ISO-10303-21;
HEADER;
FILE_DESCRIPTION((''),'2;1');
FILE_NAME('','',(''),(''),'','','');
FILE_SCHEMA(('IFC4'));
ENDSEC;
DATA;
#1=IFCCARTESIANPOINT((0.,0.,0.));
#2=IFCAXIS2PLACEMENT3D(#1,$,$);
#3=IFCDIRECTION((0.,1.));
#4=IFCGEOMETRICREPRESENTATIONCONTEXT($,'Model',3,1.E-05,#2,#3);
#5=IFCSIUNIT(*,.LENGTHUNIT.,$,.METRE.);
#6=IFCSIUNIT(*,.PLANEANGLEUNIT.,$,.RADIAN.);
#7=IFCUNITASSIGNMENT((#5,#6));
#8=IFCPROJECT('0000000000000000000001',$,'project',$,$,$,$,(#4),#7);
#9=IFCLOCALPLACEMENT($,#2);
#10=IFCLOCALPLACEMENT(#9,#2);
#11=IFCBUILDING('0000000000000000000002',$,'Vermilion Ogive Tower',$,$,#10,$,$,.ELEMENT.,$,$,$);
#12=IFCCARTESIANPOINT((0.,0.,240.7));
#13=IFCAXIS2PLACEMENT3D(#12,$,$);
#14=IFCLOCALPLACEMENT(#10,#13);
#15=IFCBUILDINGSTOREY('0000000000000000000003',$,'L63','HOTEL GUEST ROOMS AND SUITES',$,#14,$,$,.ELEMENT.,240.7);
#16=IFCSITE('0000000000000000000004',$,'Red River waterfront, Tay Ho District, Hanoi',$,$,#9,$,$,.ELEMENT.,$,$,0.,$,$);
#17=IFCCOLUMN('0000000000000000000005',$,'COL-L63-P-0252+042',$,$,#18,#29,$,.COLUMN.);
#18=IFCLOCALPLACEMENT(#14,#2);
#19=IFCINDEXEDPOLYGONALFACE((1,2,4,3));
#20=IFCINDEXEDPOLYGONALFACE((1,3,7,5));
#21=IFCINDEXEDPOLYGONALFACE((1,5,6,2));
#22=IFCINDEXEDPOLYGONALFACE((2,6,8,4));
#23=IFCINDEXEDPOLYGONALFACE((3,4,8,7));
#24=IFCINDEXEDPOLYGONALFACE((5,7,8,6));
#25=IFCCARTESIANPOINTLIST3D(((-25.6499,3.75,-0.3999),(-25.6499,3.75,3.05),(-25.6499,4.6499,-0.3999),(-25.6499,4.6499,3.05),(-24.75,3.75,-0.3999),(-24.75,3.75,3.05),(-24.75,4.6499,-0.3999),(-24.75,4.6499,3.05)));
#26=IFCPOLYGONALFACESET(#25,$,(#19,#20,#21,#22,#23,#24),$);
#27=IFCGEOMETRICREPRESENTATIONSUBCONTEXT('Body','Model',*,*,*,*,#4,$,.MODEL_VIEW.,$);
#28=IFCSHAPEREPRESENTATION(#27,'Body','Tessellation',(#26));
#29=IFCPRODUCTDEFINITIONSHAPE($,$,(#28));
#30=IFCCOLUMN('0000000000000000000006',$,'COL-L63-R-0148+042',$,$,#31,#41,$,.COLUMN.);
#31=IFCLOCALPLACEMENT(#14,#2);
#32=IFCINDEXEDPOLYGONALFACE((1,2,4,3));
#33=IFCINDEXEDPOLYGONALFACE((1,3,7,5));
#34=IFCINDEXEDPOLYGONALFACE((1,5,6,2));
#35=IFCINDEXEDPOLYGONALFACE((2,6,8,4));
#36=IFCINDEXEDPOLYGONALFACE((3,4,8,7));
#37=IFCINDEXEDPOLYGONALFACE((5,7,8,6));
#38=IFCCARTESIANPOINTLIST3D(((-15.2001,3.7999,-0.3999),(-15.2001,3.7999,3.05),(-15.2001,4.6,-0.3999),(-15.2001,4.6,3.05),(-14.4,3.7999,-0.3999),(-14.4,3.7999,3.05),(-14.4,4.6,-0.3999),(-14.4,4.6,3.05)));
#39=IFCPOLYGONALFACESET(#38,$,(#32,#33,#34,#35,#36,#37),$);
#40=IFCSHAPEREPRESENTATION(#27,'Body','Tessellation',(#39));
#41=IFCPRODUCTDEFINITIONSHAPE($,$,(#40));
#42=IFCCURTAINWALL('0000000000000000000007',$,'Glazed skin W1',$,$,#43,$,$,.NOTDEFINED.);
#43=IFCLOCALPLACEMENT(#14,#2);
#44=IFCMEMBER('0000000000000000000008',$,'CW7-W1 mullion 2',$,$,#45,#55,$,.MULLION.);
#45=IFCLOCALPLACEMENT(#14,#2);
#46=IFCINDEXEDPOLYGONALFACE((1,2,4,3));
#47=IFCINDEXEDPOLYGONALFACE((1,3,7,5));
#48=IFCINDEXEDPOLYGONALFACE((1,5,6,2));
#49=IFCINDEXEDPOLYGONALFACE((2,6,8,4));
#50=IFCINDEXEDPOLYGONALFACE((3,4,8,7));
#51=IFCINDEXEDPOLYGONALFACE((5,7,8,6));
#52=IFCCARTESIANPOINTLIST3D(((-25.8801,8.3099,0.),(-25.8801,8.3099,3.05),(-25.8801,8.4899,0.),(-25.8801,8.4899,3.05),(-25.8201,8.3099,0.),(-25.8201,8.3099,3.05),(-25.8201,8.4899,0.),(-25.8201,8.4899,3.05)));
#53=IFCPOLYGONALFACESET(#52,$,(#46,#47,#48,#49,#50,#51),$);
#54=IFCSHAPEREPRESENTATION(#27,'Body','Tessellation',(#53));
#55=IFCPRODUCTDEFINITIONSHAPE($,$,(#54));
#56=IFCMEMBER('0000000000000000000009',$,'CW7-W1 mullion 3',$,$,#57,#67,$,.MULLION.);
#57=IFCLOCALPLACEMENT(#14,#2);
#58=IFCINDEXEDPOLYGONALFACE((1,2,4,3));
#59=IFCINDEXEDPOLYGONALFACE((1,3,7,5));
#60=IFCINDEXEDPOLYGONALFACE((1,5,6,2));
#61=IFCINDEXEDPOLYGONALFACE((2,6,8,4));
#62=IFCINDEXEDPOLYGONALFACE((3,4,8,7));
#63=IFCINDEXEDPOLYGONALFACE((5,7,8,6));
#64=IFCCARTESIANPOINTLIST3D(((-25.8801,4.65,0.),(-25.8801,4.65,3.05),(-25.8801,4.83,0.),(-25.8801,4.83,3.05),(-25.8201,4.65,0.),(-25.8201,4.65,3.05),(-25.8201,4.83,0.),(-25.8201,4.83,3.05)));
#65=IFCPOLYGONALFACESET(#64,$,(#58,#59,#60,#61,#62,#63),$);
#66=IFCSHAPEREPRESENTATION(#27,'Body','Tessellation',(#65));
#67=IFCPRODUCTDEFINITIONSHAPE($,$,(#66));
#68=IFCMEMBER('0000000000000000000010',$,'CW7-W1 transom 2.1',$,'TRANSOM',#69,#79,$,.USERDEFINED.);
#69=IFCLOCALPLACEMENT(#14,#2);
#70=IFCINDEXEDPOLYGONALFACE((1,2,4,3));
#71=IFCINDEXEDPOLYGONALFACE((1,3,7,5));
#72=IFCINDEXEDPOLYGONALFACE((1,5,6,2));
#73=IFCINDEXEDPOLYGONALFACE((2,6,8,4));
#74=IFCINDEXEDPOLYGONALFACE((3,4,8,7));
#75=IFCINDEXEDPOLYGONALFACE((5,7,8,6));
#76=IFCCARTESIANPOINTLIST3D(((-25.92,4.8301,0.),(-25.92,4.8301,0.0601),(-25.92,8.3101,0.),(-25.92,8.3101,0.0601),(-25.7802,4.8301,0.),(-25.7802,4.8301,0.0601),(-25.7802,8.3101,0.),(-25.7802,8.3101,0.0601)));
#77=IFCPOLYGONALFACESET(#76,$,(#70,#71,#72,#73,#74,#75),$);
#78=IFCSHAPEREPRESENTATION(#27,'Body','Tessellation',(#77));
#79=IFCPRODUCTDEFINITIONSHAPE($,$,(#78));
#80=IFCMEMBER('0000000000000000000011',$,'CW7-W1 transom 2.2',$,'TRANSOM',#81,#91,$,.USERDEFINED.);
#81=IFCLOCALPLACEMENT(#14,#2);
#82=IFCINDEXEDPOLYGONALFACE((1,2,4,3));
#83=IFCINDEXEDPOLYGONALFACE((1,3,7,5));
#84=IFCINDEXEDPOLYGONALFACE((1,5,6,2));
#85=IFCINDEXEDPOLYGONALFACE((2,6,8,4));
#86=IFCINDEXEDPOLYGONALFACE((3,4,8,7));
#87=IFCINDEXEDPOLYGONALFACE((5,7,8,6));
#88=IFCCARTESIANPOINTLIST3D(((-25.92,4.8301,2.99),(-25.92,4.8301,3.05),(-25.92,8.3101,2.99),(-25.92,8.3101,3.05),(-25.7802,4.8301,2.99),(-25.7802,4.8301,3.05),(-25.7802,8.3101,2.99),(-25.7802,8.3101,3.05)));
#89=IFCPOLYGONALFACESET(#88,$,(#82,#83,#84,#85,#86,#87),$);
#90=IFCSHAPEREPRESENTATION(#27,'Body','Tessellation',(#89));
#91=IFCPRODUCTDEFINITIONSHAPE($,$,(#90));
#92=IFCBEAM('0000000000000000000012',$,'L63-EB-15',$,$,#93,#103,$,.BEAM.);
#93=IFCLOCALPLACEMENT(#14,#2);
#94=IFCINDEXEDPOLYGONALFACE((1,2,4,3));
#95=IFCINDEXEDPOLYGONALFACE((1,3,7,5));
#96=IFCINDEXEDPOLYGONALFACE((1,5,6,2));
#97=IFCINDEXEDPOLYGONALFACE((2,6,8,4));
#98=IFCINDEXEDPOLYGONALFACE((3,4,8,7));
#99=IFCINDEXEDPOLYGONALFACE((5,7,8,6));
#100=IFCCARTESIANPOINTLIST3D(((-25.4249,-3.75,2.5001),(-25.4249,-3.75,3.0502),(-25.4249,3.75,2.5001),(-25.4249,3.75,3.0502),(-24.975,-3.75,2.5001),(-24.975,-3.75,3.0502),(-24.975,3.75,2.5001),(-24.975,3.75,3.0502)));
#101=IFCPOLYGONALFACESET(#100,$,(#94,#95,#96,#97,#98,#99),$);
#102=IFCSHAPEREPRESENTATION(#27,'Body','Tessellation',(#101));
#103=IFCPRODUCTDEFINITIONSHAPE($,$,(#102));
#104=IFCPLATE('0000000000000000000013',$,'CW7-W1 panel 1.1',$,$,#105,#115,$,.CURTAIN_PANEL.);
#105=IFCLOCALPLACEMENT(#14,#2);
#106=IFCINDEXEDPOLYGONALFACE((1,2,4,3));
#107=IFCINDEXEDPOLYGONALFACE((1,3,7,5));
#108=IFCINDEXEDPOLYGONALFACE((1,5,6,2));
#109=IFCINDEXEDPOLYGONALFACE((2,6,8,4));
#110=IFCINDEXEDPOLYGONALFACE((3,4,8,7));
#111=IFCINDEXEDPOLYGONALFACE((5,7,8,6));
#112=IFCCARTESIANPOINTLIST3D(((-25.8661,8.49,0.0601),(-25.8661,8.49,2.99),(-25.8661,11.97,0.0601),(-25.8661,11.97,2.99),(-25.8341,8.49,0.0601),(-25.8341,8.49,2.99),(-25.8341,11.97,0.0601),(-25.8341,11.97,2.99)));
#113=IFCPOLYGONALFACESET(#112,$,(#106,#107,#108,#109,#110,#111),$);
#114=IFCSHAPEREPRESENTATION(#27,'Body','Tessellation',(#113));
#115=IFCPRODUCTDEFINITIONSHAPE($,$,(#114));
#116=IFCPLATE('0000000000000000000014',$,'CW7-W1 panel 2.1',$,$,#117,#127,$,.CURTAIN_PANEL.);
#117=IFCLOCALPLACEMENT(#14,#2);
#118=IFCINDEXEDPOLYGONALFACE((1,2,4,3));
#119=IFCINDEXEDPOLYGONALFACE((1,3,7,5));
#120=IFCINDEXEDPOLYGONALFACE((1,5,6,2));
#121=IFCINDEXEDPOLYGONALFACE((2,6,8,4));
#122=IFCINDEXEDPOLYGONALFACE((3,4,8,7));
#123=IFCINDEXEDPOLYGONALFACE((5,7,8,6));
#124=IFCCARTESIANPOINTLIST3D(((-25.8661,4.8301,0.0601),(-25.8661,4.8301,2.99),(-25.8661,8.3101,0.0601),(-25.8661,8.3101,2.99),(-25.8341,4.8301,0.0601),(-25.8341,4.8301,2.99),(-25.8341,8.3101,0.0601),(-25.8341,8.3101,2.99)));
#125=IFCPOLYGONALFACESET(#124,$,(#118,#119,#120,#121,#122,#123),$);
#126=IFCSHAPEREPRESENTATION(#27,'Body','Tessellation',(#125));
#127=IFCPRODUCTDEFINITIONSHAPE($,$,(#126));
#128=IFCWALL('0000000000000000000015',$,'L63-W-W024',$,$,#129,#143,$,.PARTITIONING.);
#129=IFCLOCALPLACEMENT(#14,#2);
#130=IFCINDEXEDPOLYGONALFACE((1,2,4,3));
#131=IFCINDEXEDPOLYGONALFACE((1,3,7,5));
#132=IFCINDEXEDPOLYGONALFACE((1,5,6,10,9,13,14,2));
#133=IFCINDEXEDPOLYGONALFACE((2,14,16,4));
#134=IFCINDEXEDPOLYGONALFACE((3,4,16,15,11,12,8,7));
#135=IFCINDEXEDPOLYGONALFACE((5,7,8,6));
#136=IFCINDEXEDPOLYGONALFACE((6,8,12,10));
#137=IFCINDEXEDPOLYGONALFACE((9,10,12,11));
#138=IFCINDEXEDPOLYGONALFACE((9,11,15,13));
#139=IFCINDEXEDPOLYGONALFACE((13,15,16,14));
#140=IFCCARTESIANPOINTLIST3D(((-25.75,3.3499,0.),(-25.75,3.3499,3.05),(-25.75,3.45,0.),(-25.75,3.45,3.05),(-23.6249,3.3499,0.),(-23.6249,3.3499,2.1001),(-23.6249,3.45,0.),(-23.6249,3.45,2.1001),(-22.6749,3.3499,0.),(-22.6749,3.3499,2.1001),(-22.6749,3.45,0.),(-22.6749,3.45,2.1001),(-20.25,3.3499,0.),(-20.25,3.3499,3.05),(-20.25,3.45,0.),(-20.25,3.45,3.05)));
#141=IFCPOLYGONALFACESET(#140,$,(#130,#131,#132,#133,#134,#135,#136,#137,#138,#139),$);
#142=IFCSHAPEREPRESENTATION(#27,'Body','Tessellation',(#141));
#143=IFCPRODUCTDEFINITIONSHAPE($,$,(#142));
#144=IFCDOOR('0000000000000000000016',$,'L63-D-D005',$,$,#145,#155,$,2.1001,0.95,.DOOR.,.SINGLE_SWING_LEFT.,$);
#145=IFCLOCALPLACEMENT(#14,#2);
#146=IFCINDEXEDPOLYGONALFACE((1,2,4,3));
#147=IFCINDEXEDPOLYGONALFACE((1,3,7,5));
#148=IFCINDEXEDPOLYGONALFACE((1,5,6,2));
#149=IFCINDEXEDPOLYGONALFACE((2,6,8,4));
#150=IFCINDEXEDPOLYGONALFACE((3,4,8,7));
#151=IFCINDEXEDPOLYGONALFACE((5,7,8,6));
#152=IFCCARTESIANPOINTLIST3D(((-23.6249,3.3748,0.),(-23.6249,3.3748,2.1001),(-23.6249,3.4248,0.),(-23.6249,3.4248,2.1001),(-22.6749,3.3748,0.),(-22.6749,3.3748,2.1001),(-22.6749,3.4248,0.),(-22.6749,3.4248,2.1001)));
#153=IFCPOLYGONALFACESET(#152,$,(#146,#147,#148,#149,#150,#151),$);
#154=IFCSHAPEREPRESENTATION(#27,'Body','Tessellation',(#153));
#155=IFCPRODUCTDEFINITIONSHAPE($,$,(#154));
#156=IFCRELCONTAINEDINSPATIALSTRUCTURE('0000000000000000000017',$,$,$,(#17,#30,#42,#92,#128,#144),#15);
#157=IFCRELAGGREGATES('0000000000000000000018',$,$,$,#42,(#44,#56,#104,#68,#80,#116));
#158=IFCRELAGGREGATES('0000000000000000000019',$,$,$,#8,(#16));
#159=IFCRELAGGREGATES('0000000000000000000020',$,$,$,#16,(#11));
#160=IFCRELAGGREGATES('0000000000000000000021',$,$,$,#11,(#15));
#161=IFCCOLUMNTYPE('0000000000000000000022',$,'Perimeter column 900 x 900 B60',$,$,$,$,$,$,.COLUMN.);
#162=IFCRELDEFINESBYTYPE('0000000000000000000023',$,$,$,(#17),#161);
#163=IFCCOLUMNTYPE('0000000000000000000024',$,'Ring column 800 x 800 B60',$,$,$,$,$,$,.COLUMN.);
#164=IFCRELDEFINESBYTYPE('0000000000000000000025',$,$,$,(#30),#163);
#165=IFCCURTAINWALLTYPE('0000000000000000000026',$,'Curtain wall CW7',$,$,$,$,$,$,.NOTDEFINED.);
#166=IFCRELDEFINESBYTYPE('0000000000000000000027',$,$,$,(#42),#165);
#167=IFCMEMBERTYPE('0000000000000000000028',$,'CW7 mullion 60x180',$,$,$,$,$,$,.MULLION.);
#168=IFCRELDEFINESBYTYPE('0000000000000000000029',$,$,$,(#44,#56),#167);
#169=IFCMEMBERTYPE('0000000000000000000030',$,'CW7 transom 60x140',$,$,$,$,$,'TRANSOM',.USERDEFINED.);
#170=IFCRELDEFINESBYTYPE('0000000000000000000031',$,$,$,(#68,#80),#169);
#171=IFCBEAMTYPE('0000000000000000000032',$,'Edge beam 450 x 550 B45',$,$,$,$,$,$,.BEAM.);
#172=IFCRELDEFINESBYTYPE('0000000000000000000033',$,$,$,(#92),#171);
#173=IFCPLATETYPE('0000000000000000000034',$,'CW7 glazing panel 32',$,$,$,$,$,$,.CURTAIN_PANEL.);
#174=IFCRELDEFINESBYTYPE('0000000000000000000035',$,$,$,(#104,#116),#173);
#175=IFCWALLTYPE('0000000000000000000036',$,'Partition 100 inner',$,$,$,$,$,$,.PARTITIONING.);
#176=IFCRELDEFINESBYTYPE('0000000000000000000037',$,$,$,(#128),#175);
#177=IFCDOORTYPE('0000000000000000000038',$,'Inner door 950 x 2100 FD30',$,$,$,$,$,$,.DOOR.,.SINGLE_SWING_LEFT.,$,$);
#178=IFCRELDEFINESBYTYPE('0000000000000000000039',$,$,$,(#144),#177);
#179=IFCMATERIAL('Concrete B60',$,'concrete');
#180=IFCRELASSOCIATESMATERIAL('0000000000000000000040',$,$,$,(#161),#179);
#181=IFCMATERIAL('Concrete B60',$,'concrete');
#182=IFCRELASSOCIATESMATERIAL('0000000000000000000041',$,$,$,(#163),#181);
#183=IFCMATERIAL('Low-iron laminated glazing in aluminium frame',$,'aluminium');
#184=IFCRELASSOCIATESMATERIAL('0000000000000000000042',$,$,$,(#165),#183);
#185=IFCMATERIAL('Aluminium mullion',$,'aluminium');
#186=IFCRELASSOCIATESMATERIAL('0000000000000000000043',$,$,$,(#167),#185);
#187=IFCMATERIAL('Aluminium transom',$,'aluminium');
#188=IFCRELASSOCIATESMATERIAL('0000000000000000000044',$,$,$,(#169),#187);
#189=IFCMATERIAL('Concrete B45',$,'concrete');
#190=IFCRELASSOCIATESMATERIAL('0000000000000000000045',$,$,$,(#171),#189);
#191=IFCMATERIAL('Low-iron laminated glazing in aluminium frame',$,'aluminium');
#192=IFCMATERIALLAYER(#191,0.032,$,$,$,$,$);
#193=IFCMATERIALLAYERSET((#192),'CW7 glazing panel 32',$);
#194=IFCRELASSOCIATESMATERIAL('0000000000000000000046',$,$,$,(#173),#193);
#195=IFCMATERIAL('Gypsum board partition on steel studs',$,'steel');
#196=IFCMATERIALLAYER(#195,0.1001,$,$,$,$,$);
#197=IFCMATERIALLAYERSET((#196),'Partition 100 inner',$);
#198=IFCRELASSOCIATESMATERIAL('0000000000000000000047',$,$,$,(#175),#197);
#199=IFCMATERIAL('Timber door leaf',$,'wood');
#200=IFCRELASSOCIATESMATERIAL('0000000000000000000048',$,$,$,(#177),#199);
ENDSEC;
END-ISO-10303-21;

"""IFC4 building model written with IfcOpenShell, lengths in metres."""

from ifc_helpers import new_model, si_unit, direction, frame, frame_2d, origin, origin_2d, place, context, subcontext, project, spatial, rectangle, extrude, material, layer, layer_set, material_profile, profile_set, type_object, element, fill, aggregate, save


model = new_model("IFC4")

# Units and contexts
model_context = context("Model", 3, precision=1e-05, world=origin(), true_north=direction((0.0, 1.0)))
body_context = subcontext(model_context, "Body", "Model", "MODEL_VIEW")
ifc_project = project(units=[si_unit("LENGTHUNIT", "METRE"), si_unit("PLANEANGLEUNIT", "RADIAN")], contexts=[model_context])

# Site, building, storey
site_placement = place(None, origin())
site = spatial("IfcSite", under=ifc_project, at=site_placement, Name="Red River waterfront, Tay Ho District, Hanoi", CompositionType="ELEMENT", RefElevation=0.0)
building_placement = place(site_placement, origin())
building = spatial("IfcBuilding", under=site, at=building_placement, Name="Vermilion Ogive Tower", CompositionType="ELEMENT")
storey_placement = place(building_placement, frame((0.0, 0.0, 240.7)))
storey = spatial("IfcBuildingStorey", under=building, at=storey_placement, Name="L63", Description="HOTEL GUEST ROOMS AND SUITES", CompositionType="ELEMENT", Elevation=240.7)

# Columns
ifc_material_1 = material(Name="Concrete B60", Category="concrete")
ifc_material_profile_1 = material_profile(ifc_material_1, rectangle(XDim=0.8999, YDim=0.8999, at=origin_2d()), Name="900 x 900")
ifc_profile_set_1 = profile_set([ifc_material_profile_1], Name="Concrete B60")
column_type_1 = type_object("IfcColumnType", Name="Perimeter column 900 x 900 B60", PredefinedType="COLUMN", material=ifc_profile_set_1)
column_1_placement = place(storey_placement, frame((-25.2, 4.2, -0.3999), z_axis=(0.0, 0.0, 1.0), x_axis=(1.0, 0.0, 0.0)))
element("IfcColumn", 1, at=column_1_placement, inside=storey, type_object=column_type_1, Name="COL-L63-P-0252+042", PredefinedType="COLUMN", context=body_context, shape_type="SweptSolid", body=[
    extrude(rectangle(XDim=0.8999, YDim=0.8999, at=origin_2d()), origin(), (0.0, 0.0, 1.0), 3.45),
])
ifc_material_2 = material(Name="Concrete B60", Category="concrete")
ifc_material_profile_2 = material_profile(ifc_material_2, rectangle(XDim=0.8, YDim=0.8, at=origin_2d()), Name="800 x 800")
ifc_profile_set_2 = profile_set([ifc_material_profile_2], Name="Concrete B60")
column_type_2 = type_object("IfcColumnType", Name="Ring column 800 x 800 B60", PredefinedType="COLUMN", material=ifc_profile_set_2)
column_2_placement = place(storey_placement, frame((-14.8, 4.2, -0.3999), z_axis=(0.0, 0.0, 1.0), x_axis=(1.0, 0.0, 0.0)))
element("IfcColumn", 2, at=column_2_placement, inside=storey, type_object=column_type_2, Name="COL-L63-R-0148+042", PredefinedType="COLUMN", context=body_context, shape_type="SweptSolid", body=[
    extrude(rectangle(XDim=0.8, YDim=0.8, at=origin_2d()), origin(), (0.0, 0.0, 1.0), 3.45),
])

# Curtain wall, members
ifc_material_3 = material(Name="Low-iron laminated glazing in aluminium frame", Category="aluminium")
curtain_wall_type = type_object("IfcCurtainWallType", Name="Curtain wall CW7", PredefinedType="NOTDEFINED", material=ifc_material_3)
curtain_wall_placement = place(storey_placement, origin())
curtain_wall = element("IfcCurtainWall", 3, at=curtain_wall_placement, inside=storey, type_object=curtain_wall_type, Name="Glazed skin W1", PredefinedType="NOTDEFINED")
ifc_material_4 = material(Name="Aluminium mullion", Category="aluminium")
ifc_material_profile_3 = material_profile(ifc_material_4, rectangle(XDim=0.0601, YDim=0.1799, at=origin_2d()), Name="AL 60x180")
ifc_profile_set_3 = profile_set([ifc_material_profile_3], Name="Aluminium mullion")
member_type_1 = type_object("IfcMemberType", Name="CW7 mullion 60x180", PredefinedType="MULLION", material=ifc_profile_set_3)
member_1_placement = place(storey_placement, frame((-25.8501, 8.3999, 0.0), z_axis=(0.0, 0.0, 1.0), x_axis=(1.0, 0.0, 0.0)))
member_1 = element("IfcMember", 4, at=member_1_placement, type_object=member_type_1, Name="CW7-W1 mullion 2", PredefinedType="MULLION", context=body_context, shape_type="SweptSolid", body=[
    extrude(rectangle(XDim=0.0601, YDim=0.1799, at=origin_2d()), origin(), (0.0, 0.0, 1.0), 3.05),
])
member_2_placement = place(storey_placement, frame((-25.8501, 4.74, 0.0), z_axis=(0.0, 0.0, 1.0), x_axis=(1.0, 0.0, 0.0)))
member_2 = element("IfcMember", 5, at=member_2_placement, type_object=member_type_1, Name="CW7-W1 mullion 3", PredefinedType="MULLION", context=body_context, shape_type="SweptSolid", body=[
    extrude(rectangle(XDim=0.0601, YDim=0.1799, at=origin_2d()), origin(), (0.0, 0.0, 1.0), 3.05),
])
ifc_material_5 = material(Name="Aluminium transom", Category="aluminium")
ifc_material_profile_4 = material_profile(ifc_material_5, rectangle(XDim=0.1399, YDim=0.0601, at=origin_2d()), Name="AL 60x140")
ifc_profile_set_4 = profile_set([ifc_material_profile_4], Name="Aluminium transom")
member_type_2 = type_object("IfcMemberType", Name="CW7 transom 60x140", ElementType="TRANSOM", PredefinedType="USERDEFINED", material=ifc_profile_set_4)
member_3_placement = place(storey_placement, frame((-25.8501, 8.3101, 0.03), z_axis=(0.0, -1.0, 0.0), x_axis=(1.0, 0.0, 0.0)))
member_3 = element("IfcMember", 6, at=member_3_placement, type_object=member_type_2, Name="CW7-W1 transom 2.1", ObjectType="TRANSOM", PredefinedType="USERDEFINED", context=body_context, shape_type="SweptSolid", body=[
    extrude(rectangle(XDim=0.1399, YDim=0.0601, at=origin_2d()), origin(), (0.0, 0.0, 1.0), 3.48),
])
member_4_placement = place(storey_placement, frame((-25.8501, 8.3101, 3.02), z_axis=(0.0, -1.0, 0.0), x_axis=(1.0, 0.0, 0.0)))
member_4 = element("IfcMember", 7, at=member_4_placement, type_object=member_type_2, Name="CW7-W1 transom 2.2", ObjectType="TRANSOM", PredefinedType="USERDEFINED", context=body_context, shape_type="SweptSolid", body=[
    extrude(rectangle(XDim=0.1399, YDim=0.0601, at=origin_2d()), origin(), (0.0, 0.0, 1.0), 3.48),
])

# Beam
ifc_material_6 = material(Name="Concrete B45", Category="concrete")
ifc_material_profile_5 = material_profile(ifc_material_6, rectangle(XDim=0.45, YDim=0.55, at=origin_2d()), Name="450 x 550")
ifc_profile_set_5 = profile_set([ifc_material_profile_5], Name="Concrete B45")
beam_type = type_object("IfcBeamType", Name="Edge beam 450 x 550 B45", PredefinedType="BEAM", material=ifc_profile_set_5)
beam_placement = place(storey_placement, frame((-25.2, 3.75, 2.7751), z_axis=(0.0, -1.0, 0.0), x_axis=(1.0, 0.0, 0.0)))
element("IfcBeam", 8, at=beam_placement, inside=storey, type_object=beam_type, Name="L63-EB-15", PredefinedType="BEAM", context=body_context, shape_type="SweptSolid", body=[
    extrude(rectangle(XDim=0.45, YDim=0.55, at=origin_2d()), origin(), (0.0, 0.0, 1.0), 7.5),
])

# Plates
ifc_material_7 = material(Name="Low-iron laminated glazing in aluminium frame", Category="aluminium")
ifc_layer_1 = layer(ifc_material_7, 0.032)
ifc_layer_set_1 = layer_set([ifc_layer_1], Name="CW7 glazing panel 32")
plate_type = type_object("IfcPlateType", Name="CW7 glazing panel 32", PredefinedType="CURTAIN_PANEL", material=ifc_layer_set_1)
plate_1_placement = place(storey_placement, frame((-25.8501, 10.23, 0.0601), z_axis=(0.0, 0.0, 1.0), x_axis=(0.0, -1.0, 0.0)))
plate_1 = element("IfcPlate", 9, at=plate_1_placement, type_object=plate_type, Name="CW7-W1 panel 1.1", PredefinedType="CURTAIN_PANEL", context=body_context, shape_type="SweptSolid", body=[
    extrude(rectangle(XDim=3.48, YDim=0.032, at=origin_2d()), origin(), (0.0, 0.0, 1.0), 2.9299),
])
plate_2_placement = place(storey_placement, frame((-25.8501, 6.5701, 0.0601), z_axis=(0.0, 0.0, 1.0), x_axis=(0.0, -1.0, 0.0)))
plate_2 = element("IfcPlate", 10, at=plate_2_placement, type_object=plate_type, Name="CW7-W1 panel 2.1", PredefinedType="CURTAIN_PANEL", context=body_context, shape_type="SweptSolid", body=[
    extrude(rectangle(XDim=3.48, YDim=0.032, at=origin_2d()), origin(), (0.0, 0.0, 1.0), 2.9299),
])
aggregate(curtain_wall, [member_1, member_2, plate_1, member_3, member_4, plate_2])

# Wall, opening, door
ifc_material_8 = material(Name="Gypsum board partition on steel studs", Category="steel")
ifc_layer_2 = layer(ifc_material_8, 0.1001)
ifc_layer_set_2 = layer_set([ifc_layer_2], Name="Partition 100 inner")
wall_type_1 = type_object("IfcWallType", Name="Partition 100 inner", PredefinedType="PARTITIONING", material=ifc_layer_set_2)
wall_1_placement = place(storey_placement, frame((-25.75, 3.3999, 0.0), z_axis=(0.0, 0.0, 1.0), x_axis=(1.0, 0.0, 0.0)))
wall_1 = element("IfcWall", 11, at=wall_1_placement, inside=storey, type_object=wall_type_1, Name="L63-W-W024", PredefinedType="PARTITIONING", context=body_context, shape_type="SweptSolid", body=[
    extrude(rectangle(XDim=5.5, YDim=0.1001, at=frame_2d((2.75, 0.0))), origin(), (0.0, 0.0, 1.0), 3.05),
])
opening_1_placement = place(wall_1_placement, frame((2.125, 0.0, 0.0)))
opening_1 = element("IfcOpeningElement", 12, at=opening_1_placement, cuts=wall_1, PredefinedType="OPENING", context=body_context, shape_type="SweptSolid", body=[
    extrude(rectangle(XDim=0.95, YDim=2.1001, at=frame_2d((0.4751, 1.05))), frame((0.0, 0.0601, 0.0), z_axis=(0.0, -1.0, 0.0), x_axis=(1.0, 0.0, 0.0)), (0.0, 0.0, 1.0), 0.1201),
])
ifc_material_9 = material(Name="Timber door leaf", Category="wood")
door_type_1 = type_object("IfcDoorType", Name="Inner door 950 x 2100 FD30", OperationType="SINGLE_SWING_LEFT", PredefinedType="DOOR", material=ifc_material_9)
door_1_placement = place(opening_1_placement, origin())
door_1 = element("IfcDoor", 13, at=door_1_placement, inside=storey, type_object=door_type_1, Name="L63-D-D005", OperationType="SINGLE_SWING_LEFT", OverallHeight=2.1001, OverallWidth=0.95, PredefinedType="DOOR", context=body_context, shape_type="SweptSolid", body=[
    extrude(rectangle(XDim=0.95, YDim=2.1001, at=frame_2d((0.4751, 1.05))), frame((0.0, 0.0249, 0.0), z_axis=(0.0, -1.0, 0.0), x_axis=(1.0, 0.0, 0.0)), (0.0, 0.0, 1.0), 0.05),
])
fill(opening_1, door_1)

save(model, "model.ifc")
